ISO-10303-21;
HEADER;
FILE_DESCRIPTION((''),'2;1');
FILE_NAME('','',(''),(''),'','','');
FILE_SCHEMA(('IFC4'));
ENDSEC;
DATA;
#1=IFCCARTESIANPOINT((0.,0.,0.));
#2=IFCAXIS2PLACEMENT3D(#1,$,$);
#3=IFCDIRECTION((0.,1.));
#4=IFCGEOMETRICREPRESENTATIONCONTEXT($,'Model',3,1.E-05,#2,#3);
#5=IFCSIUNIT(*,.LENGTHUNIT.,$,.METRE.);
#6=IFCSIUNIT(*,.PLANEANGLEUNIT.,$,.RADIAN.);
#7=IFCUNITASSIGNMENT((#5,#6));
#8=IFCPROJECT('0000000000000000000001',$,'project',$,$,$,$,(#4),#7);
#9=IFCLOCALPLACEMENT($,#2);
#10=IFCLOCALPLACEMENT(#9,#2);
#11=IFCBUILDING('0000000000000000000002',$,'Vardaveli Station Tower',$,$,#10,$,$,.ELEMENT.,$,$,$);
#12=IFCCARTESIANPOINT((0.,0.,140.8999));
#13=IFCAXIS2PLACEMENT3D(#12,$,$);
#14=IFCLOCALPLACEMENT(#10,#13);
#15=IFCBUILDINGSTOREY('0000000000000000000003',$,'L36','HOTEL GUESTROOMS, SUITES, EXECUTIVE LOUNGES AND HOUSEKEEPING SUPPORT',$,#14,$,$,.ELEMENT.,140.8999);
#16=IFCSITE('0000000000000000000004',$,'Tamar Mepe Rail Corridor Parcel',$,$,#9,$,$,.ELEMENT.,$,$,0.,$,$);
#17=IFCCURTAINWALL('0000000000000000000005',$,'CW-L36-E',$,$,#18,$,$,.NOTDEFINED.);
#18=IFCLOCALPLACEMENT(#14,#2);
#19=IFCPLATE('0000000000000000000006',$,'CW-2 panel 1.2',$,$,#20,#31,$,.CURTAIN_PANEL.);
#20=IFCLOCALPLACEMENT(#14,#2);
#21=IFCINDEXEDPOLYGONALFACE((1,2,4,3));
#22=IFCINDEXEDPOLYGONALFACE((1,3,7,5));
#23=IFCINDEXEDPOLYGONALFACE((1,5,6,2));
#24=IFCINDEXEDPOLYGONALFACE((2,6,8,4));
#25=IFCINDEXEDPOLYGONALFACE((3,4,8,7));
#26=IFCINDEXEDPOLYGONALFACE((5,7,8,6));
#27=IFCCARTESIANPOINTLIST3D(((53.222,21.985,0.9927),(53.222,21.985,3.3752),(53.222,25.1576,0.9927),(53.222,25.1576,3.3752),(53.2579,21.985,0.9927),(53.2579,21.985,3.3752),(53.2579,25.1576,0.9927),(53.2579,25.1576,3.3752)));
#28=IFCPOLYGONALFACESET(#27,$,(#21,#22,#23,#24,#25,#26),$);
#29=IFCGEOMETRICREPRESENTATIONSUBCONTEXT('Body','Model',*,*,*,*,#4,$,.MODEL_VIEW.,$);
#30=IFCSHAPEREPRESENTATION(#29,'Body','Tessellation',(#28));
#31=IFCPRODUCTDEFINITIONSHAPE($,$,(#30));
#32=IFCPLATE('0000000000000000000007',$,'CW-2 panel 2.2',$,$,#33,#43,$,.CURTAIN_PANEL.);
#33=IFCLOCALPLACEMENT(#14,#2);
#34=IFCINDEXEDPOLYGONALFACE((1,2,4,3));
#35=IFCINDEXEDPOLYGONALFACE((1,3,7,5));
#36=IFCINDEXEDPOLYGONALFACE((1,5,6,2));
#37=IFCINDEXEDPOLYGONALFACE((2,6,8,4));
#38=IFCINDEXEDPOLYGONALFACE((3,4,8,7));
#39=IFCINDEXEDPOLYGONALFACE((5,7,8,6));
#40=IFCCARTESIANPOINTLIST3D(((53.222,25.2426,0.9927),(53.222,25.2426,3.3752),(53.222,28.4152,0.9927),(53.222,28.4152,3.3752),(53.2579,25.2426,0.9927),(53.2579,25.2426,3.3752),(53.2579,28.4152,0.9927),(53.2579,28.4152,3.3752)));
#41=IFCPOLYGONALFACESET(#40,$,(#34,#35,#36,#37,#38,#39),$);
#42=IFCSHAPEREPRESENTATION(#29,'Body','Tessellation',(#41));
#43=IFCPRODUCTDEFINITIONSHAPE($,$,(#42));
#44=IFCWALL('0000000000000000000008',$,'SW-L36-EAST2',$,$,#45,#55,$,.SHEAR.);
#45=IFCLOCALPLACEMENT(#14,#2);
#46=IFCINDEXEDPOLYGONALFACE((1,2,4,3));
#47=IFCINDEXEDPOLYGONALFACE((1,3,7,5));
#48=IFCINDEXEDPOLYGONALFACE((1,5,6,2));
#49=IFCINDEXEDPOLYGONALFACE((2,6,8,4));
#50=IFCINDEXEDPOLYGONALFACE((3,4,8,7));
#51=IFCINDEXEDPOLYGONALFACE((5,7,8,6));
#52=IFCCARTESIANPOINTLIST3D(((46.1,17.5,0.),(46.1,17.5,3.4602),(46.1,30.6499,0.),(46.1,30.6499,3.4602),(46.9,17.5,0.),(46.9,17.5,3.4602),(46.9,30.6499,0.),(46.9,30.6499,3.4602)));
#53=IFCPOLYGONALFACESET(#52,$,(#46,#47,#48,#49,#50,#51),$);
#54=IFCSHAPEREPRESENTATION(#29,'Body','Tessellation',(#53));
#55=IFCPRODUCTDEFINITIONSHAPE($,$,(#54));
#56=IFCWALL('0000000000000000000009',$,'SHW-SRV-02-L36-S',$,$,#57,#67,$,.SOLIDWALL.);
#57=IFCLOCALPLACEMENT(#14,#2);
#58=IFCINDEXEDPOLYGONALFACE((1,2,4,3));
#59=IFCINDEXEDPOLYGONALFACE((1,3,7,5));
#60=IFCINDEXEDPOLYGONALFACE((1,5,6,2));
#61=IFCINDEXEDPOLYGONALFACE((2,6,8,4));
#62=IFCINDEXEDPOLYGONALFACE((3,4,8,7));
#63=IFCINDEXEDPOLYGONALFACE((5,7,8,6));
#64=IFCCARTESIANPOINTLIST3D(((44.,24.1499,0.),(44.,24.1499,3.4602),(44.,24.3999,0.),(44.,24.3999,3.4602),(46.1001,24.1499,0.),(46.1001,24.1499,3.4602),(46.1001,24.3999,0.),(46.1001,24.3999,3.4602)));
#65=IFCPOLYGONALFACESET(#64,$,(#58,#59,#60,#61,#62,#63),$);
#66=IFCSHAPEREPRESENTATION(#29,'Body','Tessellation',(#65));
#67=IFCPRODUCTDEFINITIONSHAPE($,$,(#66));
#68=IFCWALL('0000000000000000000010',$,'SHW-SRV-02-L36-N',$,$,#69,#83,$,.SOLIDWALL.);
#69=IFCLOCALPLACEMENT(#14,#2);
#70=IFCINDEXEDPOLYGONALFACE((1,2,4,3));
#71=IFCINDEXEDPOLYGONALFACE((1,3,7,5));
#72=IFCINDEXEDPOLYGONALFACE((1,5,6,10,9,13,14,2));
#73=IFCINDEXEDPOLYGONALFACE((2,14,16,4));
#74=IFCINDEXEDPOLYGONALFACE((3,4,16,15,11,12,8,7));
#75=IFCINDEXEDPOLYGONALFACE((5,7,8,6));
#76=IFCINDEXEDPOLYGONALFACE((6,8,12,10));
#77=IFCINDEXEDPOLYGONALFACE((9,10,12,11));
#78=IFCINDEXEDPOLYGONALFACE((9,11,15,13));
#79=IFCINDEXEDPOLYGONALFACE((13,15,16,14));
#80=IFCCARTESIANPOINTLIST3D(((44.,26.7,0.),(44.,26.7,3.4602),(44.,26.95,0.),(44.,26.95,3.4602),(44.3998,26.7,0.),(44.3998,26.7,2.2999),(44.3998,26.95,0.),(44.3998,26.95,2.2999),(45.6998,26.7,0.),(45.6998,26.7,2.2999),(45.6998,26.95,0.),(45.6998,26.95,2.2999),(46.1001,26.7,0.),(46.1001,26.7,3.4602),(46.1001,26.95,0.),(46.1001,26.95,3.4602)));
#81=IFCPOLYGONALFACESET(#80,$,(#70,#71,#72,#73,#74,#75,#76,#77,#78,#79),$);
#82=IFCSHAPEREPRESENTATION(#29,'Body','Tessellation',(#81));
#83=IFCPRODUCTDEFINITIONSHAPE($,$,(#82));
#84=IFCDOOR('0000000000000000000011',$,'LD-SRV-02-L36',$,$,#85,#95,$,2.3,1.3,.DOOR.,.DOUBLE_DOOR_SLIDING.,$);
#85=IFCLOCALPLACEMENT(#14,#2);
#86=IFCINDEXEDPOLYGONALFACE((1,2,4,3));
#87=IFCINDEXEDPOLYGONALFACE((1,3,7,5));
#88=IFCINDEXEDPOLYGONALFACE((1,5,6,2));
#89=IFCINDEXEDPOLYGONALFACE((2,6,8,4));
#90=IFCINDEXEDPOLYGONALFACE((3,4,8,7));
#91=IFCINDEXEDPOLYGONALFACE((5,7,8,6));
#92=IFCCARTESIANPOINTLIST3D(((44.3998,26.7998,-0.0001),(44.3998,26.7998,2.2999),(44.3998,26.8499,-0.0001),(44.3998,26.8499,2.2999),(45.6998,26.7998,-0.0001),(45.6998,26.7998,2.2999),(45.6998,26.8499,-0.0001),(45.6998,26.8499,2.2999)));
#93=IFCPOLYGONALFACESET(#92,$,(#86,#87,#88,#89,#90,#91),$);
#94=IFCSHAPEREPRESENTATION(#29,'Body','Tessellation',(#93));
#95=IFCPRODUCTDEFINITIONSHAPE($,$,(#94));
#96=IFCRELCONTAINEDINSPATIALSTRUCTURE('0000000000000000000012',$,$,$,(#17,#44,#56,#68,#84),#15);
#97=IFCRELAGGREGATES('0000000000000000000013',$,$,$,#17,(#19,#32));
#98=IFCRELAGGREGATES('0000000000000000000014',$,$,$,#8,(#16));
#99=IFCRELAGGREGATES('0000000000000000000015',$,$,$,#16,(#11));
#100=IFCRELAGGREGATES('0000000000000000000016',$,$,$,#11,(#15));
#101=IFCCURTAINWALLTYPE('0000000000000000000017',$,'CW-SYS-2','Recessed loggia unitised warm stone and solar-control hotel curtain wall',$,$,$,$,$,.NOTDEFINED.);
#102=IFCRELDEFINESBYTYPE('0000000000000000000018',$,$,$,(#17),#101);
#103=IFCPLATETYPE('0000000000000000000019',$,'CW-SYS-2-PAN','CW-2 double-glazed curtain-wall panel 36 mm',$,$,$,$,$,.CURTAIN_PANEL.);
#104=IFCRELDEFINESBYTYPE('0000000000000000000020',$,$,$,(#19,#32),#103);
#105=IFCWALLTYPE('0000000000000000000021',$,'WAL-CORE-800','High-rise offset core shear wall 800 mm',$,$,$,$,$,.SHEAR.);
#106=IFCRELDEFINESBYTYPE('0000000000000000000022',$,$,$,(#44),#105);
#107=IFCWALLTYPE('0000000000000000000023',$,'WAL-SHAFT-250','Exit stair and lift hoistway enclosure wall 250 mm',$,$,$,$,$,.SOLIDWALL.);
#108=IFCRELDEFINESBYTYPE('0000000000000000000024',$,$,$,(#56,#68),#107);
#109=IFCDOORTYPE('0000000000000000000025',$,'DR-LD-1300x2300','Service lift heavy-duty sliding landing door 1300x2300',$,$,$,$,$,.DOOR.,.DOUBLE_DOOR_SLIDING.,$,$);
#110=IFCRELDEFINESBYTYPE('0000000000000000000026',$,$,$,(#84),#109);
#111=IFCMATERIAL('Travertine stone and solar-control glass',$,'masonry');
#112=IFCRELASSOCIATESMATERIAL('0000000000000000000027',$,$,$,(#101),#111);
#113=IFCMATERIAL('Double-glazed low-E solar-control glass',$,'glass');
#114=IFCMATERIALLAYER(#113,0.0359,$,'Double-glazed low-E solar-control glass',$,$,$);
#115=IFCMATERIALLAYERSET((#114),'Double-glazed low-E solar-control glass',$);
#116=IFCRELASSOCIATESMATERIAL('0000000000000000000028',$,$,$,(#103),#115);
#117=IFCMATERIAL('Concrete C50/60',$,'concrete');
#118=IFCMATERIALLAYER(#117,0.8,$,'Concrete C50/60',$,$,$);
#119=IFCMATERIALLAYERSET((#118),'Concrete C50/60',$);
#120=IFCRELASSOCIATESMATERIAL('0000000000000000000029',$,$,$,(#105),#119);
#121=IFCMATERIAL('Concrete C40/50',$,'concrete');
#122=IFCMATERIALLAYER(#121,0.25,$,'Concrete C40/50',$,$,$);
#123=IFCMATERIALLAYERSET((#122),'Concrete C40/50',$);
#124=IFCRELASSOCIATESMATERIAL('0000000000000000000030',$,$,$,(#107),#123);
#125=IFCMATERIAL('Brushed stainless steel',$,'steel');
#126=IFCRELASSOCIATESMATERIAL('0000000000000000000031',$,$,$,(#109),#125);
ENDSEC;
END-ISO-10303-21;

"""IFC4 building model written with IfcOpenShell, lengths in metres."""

from ifc_helpers import new_model, si_unit, direction, frame, frame_2d, origin, origin_2d, place, context, subcontext, project, spatial, rectangle, extrude, source, transform, mapped, material, layer, layer_set, type_object, element, fill, aggregate, save


model = new_model("IFC4")

# Units and contexts
model_context = context("Model", 3, precision=1e-05, world=origin(), true_north=direction((0.0, 1.0)))
body_context = subcontext(model_context, "Body", "Model", "MODEL_VIEW")
ifc_project = project(units=[si_unit("LENGTHUNIT", "METRE"), si_unit("PLANEANGLEUNIT", "RADIAN")], contexts=[model_context])

# Site, building, storey
site_placement = place(None, origin())
site = spatial("IfcSite", under=ifc_project, at=site_placement, Name="Tamar Mepe Rail Corridor Parcel", CompositionType="ELEMENT", RefElevation=0.0)
building_placement = place(site_placement, origin())
building = spatial("IfcBuilding", under=site, at=building_placement, Name="Vardaveli Station Tower", CompositionType="ELEMENT")
storey_placement = place(building_placement, frame((0.0, 0.0, 140.8999)))
storey = spatial("IfcBuildingStorey", under=building, at=storey_placement, Name="L36", Description="HOTEL GUESTROOMS, SUITES, EXECUTIVE LOUNGES AND HOUSEKEEPING SUPPORT", CompositionType="ELEMENT", Elevation=140.8999)

# Curtain wall, plates
ifc_material_1 = material(Name="Travertine stone and solar-control glass", Category="masonry")
curtain_wall_type = type_object("IfcCurtainWallType", Name="CW-SYS-2", Description="Recessed loggia unitised warm stone and solar-control hotel curtain wall", PredefinedType="NOTDEFINED", material=ifc_material_1)
curtain_wall_placement = place(storey_placement, origin())
curtain_wall = element("IfcCurtainWall", 1, at=curtain_wall_placement, inside=storey, type_object=curtain_wall_type, Name="CW-L36-E", PredefinedType="NOTDEFINED")
ifc_material_2 = material(Name="Double-glazed low-E solar-control glass", Category="glass")
ifc_layer_1 = layer(ifc_material_2, 0.0359, Name="Double-glazed low-E solar-control glass")
ifc_layer_set_1 = layer_set([ifc_layer_1], Name="Double-glazed low-E solar-control glass")
plate_type = type_object("IfcPlateType", Name="CW-SYS-2-PAN", Description="CW-2 double-glazed curtain-wall panel 36 mm", PredefinedType="CURTAIN_PANEL", material=ifc_layer_set_1)
shared_shape_1 = source(origin(), body_context, "Body", "SweptSolid", [
    extrude(rectangle(XDim=3.1726, YDim=0.0359, at=origin_2d()), origin(), (0.0, 0.0, 1.0), 2.3826),
])
plate_1_placement = place(storey_placement, frame((53.24, 23.5713, 0.9927), z_axis=(0.0, 0.0, 1.0), x_axis=(0.0, 1.0, 0.0)))
plate_1 = element("IfcPlate", 2, at=plate_1_placement, type_object=plate_type, Name="CW-2 panel 1.2", PredefinedType="CURTAIN_PANEL", context=body_context, shape_type="MappedRepresentation", body=[
    mapped(shared_shape_1, transform((0.0, 0.0, 0.0), scale=1.0)),
])
plate_2_placement = place(storey_placement, frame((53.24, 26.8289, 0.9927), z_axis=(0.0, 0.0, 1.0), x_axis=(0.0, 1.0, 0.0)))
plate_2 = element("IfcPlate", 3, at=plate_2_placement, type_object=plate_type, Name="CW-2 panel 2.2", PredefinedType="CURTAIN_PANEL", context=body_context, shape_type="MappedRepresentation", body=[
    mapped(shared_shape_1, transform((0.0, 0.0, 0.0), scale=1.0)),
])
aggregate(curtain_wall, [plate_1, plate_2])

# Walls
ifc_material_3 = material(Name="Concrete C50/60", Category="concrete")
ifc_layer_2 = layer(ifc_material_3, 0.8, Name="Concrete C50/60")
ifc_layer_set_2 = layer_set([ifc_layer_2], Name="Concrete C50/60")
wall_type_1 = type_object("IfcWallType", Name="WAL-CORE-800", Description="High-rise offset core shear wall 800 mm", PredefinedType="SHEAR", material=ifc_layer_set_2)
shared_shape_2 = source(origin(), body_context, "Body", "SweptSolid", [
    extrude(rectangle(XDim=13.1499, YDim=0.8, at=frame_2d((6.575, 0.0))), origin(), (0.0, 0.0, 1.0), 3.4602),
])
wall_1_placement = place(storey_placement, frame((46.5, 17.5, 0.0), z_axis=(0.0, 0.0, 1.0), x_axis=(0.0, 1.0, 0.0)))
element("IfcWall", 4, at=wall_1_placement, inside=storey, type_object=wall_type_1, Name="SW-L36-EAST2", PredefinedType="SHEAR", context=body_context, shape_type="MappedRepresentation", body=[
    mapped(shared_shape_2, transform((0.0, 0.0, 0.0), scale=1.0)),
])
ifc_material_4 = material(Name="Concrete C40/50", Category="concrete")
ifc_layer_3 = layer(ifc_material_4, 0.25, Name="Concrete C40/50")
ifc_layer_set_3 = layer_set([ifc_layer_3], Name="Concrete C40/50")
wall_type_2 = type_object("IfcWallType", Name="WAL-SHAFT-250", Description="Exit stair and lift hoistway enclosure wall 250 mm", PredefinedType="SOLIDWALL", material=ifc_layer_set_3)
shared_shape_3 = source(origin(), body_context, "Body", "SweptSolid", [
    extrude(rectangle(XDim=2.1001, YDim=0.25, at=frame_2d((1.05, 0.0))), origin(), (0.0, 0.0, 1.0), 3.4602),
])
wall_2_placement = place(storey_placement, frame((44.0, 24.2749, 0.0), z_axis=(0.0, 0.0, 1.0), x_axis=(1.0, 0.0, 0.0)))
element("IfcWall", 5, at=wall_2_placement, inside=storey, type_object=wall_type_2, Name="SHW-SRV-02-L36-S", PredefinedType="SOLIDWALL", context=body_context, shape_type="MappedRepresentation", body=[
    mapped(shared_shape_3, transform((0.0, 0.0, 0.0), scale=1.0)),
])

# Wall, opening, door
wall_3_placement = place(storey_placement, frame((44.0, 26.825, 0.0), z_axis=(0.0, 0.0, 1.0), x_axis=(1.0, 0.0, 0.0)))
wall_3 = element("IfcWall", 6, at=wall_3_placement, inside=storey, type_object=wall_type_2, Name="SHW-SRV-02-L36-N", PredefinedType="SOLIDWALL", context=body_context, shape_type="MappedRepresentation", body=[
    mapped(shared_shape_3, transform((0.0, 0.0, 0.0), scale=1.0)),
])
shared_shape_4 = source(origin(), body_context, "Body", "SweptSolid", [
    extrude(rectangle(XDim=1.3, YDim=2.3, at=frame_2d((0.6499, 1.1499))), frame((0.0, 0.135, 0.0), z_axis=(0.0, -1.0, 0.0), x_axis=(1.0, 0.0, 0.0)), (0.0, 0.0, 1.0), 0.27),
])
opening_placement = place(wall_3_placement, frame((0.3999, 0.0, 0.0)))
opening = element("IfcOpeningElement", 7, at=opening_placement, cuts=wall_3, PredefinedType="OPENING", context=body_context, shape_type="MappedRepresentation", body=[
    mapped(shared_shape_4, transform((0.0, 0.0, 0.0), scale=1.0)),
])
ifc_material_5 = material(Name="Brushed stainless steel", Category="steel")
door_type = type_object("IfcDoorType", Name="DR-LD-1300x2300", Description="Service lift heavy-duty sliding landing door 1300x2300", OperationType="DOUBLE_DOOR_SLIDING", PredefinedType="DOOR", material=ifc_material_5)
shared_shape_5 = source(origin(), body_context, "Body", "SweptSolid", [
    extrude(rectangle(XDim=1.3, YDim=2.3, at=frame_2d((0.6499, 1.1499))), frame((0.0, 0.0249, 0.0), z_axis=(0.0, -1.0, 0.0), x_axis=(1.0, 0.0, 0.0)), (0.0, 0.0, 1.0), 0.05),
])
door_placement = place(opening_placement, origin())
door = element("IfcDoor", 8, at=door_placement, inside=storey, type_object=door_type, Name="LD-SRV-02-L36", OperationType="DOUBLE_DOOR_SLIDING", OverallHeight=2.3, OverallWidth=1.3, PredefinedType="DOOR", context=body_context, shape_type="MappedRepresentation", body=[
    mapped(shared_shape_5, transform((0.0, 0.0, 0.0), scale=1.0)),
])
fill(opening, door)

save(model, "model.ifc")
